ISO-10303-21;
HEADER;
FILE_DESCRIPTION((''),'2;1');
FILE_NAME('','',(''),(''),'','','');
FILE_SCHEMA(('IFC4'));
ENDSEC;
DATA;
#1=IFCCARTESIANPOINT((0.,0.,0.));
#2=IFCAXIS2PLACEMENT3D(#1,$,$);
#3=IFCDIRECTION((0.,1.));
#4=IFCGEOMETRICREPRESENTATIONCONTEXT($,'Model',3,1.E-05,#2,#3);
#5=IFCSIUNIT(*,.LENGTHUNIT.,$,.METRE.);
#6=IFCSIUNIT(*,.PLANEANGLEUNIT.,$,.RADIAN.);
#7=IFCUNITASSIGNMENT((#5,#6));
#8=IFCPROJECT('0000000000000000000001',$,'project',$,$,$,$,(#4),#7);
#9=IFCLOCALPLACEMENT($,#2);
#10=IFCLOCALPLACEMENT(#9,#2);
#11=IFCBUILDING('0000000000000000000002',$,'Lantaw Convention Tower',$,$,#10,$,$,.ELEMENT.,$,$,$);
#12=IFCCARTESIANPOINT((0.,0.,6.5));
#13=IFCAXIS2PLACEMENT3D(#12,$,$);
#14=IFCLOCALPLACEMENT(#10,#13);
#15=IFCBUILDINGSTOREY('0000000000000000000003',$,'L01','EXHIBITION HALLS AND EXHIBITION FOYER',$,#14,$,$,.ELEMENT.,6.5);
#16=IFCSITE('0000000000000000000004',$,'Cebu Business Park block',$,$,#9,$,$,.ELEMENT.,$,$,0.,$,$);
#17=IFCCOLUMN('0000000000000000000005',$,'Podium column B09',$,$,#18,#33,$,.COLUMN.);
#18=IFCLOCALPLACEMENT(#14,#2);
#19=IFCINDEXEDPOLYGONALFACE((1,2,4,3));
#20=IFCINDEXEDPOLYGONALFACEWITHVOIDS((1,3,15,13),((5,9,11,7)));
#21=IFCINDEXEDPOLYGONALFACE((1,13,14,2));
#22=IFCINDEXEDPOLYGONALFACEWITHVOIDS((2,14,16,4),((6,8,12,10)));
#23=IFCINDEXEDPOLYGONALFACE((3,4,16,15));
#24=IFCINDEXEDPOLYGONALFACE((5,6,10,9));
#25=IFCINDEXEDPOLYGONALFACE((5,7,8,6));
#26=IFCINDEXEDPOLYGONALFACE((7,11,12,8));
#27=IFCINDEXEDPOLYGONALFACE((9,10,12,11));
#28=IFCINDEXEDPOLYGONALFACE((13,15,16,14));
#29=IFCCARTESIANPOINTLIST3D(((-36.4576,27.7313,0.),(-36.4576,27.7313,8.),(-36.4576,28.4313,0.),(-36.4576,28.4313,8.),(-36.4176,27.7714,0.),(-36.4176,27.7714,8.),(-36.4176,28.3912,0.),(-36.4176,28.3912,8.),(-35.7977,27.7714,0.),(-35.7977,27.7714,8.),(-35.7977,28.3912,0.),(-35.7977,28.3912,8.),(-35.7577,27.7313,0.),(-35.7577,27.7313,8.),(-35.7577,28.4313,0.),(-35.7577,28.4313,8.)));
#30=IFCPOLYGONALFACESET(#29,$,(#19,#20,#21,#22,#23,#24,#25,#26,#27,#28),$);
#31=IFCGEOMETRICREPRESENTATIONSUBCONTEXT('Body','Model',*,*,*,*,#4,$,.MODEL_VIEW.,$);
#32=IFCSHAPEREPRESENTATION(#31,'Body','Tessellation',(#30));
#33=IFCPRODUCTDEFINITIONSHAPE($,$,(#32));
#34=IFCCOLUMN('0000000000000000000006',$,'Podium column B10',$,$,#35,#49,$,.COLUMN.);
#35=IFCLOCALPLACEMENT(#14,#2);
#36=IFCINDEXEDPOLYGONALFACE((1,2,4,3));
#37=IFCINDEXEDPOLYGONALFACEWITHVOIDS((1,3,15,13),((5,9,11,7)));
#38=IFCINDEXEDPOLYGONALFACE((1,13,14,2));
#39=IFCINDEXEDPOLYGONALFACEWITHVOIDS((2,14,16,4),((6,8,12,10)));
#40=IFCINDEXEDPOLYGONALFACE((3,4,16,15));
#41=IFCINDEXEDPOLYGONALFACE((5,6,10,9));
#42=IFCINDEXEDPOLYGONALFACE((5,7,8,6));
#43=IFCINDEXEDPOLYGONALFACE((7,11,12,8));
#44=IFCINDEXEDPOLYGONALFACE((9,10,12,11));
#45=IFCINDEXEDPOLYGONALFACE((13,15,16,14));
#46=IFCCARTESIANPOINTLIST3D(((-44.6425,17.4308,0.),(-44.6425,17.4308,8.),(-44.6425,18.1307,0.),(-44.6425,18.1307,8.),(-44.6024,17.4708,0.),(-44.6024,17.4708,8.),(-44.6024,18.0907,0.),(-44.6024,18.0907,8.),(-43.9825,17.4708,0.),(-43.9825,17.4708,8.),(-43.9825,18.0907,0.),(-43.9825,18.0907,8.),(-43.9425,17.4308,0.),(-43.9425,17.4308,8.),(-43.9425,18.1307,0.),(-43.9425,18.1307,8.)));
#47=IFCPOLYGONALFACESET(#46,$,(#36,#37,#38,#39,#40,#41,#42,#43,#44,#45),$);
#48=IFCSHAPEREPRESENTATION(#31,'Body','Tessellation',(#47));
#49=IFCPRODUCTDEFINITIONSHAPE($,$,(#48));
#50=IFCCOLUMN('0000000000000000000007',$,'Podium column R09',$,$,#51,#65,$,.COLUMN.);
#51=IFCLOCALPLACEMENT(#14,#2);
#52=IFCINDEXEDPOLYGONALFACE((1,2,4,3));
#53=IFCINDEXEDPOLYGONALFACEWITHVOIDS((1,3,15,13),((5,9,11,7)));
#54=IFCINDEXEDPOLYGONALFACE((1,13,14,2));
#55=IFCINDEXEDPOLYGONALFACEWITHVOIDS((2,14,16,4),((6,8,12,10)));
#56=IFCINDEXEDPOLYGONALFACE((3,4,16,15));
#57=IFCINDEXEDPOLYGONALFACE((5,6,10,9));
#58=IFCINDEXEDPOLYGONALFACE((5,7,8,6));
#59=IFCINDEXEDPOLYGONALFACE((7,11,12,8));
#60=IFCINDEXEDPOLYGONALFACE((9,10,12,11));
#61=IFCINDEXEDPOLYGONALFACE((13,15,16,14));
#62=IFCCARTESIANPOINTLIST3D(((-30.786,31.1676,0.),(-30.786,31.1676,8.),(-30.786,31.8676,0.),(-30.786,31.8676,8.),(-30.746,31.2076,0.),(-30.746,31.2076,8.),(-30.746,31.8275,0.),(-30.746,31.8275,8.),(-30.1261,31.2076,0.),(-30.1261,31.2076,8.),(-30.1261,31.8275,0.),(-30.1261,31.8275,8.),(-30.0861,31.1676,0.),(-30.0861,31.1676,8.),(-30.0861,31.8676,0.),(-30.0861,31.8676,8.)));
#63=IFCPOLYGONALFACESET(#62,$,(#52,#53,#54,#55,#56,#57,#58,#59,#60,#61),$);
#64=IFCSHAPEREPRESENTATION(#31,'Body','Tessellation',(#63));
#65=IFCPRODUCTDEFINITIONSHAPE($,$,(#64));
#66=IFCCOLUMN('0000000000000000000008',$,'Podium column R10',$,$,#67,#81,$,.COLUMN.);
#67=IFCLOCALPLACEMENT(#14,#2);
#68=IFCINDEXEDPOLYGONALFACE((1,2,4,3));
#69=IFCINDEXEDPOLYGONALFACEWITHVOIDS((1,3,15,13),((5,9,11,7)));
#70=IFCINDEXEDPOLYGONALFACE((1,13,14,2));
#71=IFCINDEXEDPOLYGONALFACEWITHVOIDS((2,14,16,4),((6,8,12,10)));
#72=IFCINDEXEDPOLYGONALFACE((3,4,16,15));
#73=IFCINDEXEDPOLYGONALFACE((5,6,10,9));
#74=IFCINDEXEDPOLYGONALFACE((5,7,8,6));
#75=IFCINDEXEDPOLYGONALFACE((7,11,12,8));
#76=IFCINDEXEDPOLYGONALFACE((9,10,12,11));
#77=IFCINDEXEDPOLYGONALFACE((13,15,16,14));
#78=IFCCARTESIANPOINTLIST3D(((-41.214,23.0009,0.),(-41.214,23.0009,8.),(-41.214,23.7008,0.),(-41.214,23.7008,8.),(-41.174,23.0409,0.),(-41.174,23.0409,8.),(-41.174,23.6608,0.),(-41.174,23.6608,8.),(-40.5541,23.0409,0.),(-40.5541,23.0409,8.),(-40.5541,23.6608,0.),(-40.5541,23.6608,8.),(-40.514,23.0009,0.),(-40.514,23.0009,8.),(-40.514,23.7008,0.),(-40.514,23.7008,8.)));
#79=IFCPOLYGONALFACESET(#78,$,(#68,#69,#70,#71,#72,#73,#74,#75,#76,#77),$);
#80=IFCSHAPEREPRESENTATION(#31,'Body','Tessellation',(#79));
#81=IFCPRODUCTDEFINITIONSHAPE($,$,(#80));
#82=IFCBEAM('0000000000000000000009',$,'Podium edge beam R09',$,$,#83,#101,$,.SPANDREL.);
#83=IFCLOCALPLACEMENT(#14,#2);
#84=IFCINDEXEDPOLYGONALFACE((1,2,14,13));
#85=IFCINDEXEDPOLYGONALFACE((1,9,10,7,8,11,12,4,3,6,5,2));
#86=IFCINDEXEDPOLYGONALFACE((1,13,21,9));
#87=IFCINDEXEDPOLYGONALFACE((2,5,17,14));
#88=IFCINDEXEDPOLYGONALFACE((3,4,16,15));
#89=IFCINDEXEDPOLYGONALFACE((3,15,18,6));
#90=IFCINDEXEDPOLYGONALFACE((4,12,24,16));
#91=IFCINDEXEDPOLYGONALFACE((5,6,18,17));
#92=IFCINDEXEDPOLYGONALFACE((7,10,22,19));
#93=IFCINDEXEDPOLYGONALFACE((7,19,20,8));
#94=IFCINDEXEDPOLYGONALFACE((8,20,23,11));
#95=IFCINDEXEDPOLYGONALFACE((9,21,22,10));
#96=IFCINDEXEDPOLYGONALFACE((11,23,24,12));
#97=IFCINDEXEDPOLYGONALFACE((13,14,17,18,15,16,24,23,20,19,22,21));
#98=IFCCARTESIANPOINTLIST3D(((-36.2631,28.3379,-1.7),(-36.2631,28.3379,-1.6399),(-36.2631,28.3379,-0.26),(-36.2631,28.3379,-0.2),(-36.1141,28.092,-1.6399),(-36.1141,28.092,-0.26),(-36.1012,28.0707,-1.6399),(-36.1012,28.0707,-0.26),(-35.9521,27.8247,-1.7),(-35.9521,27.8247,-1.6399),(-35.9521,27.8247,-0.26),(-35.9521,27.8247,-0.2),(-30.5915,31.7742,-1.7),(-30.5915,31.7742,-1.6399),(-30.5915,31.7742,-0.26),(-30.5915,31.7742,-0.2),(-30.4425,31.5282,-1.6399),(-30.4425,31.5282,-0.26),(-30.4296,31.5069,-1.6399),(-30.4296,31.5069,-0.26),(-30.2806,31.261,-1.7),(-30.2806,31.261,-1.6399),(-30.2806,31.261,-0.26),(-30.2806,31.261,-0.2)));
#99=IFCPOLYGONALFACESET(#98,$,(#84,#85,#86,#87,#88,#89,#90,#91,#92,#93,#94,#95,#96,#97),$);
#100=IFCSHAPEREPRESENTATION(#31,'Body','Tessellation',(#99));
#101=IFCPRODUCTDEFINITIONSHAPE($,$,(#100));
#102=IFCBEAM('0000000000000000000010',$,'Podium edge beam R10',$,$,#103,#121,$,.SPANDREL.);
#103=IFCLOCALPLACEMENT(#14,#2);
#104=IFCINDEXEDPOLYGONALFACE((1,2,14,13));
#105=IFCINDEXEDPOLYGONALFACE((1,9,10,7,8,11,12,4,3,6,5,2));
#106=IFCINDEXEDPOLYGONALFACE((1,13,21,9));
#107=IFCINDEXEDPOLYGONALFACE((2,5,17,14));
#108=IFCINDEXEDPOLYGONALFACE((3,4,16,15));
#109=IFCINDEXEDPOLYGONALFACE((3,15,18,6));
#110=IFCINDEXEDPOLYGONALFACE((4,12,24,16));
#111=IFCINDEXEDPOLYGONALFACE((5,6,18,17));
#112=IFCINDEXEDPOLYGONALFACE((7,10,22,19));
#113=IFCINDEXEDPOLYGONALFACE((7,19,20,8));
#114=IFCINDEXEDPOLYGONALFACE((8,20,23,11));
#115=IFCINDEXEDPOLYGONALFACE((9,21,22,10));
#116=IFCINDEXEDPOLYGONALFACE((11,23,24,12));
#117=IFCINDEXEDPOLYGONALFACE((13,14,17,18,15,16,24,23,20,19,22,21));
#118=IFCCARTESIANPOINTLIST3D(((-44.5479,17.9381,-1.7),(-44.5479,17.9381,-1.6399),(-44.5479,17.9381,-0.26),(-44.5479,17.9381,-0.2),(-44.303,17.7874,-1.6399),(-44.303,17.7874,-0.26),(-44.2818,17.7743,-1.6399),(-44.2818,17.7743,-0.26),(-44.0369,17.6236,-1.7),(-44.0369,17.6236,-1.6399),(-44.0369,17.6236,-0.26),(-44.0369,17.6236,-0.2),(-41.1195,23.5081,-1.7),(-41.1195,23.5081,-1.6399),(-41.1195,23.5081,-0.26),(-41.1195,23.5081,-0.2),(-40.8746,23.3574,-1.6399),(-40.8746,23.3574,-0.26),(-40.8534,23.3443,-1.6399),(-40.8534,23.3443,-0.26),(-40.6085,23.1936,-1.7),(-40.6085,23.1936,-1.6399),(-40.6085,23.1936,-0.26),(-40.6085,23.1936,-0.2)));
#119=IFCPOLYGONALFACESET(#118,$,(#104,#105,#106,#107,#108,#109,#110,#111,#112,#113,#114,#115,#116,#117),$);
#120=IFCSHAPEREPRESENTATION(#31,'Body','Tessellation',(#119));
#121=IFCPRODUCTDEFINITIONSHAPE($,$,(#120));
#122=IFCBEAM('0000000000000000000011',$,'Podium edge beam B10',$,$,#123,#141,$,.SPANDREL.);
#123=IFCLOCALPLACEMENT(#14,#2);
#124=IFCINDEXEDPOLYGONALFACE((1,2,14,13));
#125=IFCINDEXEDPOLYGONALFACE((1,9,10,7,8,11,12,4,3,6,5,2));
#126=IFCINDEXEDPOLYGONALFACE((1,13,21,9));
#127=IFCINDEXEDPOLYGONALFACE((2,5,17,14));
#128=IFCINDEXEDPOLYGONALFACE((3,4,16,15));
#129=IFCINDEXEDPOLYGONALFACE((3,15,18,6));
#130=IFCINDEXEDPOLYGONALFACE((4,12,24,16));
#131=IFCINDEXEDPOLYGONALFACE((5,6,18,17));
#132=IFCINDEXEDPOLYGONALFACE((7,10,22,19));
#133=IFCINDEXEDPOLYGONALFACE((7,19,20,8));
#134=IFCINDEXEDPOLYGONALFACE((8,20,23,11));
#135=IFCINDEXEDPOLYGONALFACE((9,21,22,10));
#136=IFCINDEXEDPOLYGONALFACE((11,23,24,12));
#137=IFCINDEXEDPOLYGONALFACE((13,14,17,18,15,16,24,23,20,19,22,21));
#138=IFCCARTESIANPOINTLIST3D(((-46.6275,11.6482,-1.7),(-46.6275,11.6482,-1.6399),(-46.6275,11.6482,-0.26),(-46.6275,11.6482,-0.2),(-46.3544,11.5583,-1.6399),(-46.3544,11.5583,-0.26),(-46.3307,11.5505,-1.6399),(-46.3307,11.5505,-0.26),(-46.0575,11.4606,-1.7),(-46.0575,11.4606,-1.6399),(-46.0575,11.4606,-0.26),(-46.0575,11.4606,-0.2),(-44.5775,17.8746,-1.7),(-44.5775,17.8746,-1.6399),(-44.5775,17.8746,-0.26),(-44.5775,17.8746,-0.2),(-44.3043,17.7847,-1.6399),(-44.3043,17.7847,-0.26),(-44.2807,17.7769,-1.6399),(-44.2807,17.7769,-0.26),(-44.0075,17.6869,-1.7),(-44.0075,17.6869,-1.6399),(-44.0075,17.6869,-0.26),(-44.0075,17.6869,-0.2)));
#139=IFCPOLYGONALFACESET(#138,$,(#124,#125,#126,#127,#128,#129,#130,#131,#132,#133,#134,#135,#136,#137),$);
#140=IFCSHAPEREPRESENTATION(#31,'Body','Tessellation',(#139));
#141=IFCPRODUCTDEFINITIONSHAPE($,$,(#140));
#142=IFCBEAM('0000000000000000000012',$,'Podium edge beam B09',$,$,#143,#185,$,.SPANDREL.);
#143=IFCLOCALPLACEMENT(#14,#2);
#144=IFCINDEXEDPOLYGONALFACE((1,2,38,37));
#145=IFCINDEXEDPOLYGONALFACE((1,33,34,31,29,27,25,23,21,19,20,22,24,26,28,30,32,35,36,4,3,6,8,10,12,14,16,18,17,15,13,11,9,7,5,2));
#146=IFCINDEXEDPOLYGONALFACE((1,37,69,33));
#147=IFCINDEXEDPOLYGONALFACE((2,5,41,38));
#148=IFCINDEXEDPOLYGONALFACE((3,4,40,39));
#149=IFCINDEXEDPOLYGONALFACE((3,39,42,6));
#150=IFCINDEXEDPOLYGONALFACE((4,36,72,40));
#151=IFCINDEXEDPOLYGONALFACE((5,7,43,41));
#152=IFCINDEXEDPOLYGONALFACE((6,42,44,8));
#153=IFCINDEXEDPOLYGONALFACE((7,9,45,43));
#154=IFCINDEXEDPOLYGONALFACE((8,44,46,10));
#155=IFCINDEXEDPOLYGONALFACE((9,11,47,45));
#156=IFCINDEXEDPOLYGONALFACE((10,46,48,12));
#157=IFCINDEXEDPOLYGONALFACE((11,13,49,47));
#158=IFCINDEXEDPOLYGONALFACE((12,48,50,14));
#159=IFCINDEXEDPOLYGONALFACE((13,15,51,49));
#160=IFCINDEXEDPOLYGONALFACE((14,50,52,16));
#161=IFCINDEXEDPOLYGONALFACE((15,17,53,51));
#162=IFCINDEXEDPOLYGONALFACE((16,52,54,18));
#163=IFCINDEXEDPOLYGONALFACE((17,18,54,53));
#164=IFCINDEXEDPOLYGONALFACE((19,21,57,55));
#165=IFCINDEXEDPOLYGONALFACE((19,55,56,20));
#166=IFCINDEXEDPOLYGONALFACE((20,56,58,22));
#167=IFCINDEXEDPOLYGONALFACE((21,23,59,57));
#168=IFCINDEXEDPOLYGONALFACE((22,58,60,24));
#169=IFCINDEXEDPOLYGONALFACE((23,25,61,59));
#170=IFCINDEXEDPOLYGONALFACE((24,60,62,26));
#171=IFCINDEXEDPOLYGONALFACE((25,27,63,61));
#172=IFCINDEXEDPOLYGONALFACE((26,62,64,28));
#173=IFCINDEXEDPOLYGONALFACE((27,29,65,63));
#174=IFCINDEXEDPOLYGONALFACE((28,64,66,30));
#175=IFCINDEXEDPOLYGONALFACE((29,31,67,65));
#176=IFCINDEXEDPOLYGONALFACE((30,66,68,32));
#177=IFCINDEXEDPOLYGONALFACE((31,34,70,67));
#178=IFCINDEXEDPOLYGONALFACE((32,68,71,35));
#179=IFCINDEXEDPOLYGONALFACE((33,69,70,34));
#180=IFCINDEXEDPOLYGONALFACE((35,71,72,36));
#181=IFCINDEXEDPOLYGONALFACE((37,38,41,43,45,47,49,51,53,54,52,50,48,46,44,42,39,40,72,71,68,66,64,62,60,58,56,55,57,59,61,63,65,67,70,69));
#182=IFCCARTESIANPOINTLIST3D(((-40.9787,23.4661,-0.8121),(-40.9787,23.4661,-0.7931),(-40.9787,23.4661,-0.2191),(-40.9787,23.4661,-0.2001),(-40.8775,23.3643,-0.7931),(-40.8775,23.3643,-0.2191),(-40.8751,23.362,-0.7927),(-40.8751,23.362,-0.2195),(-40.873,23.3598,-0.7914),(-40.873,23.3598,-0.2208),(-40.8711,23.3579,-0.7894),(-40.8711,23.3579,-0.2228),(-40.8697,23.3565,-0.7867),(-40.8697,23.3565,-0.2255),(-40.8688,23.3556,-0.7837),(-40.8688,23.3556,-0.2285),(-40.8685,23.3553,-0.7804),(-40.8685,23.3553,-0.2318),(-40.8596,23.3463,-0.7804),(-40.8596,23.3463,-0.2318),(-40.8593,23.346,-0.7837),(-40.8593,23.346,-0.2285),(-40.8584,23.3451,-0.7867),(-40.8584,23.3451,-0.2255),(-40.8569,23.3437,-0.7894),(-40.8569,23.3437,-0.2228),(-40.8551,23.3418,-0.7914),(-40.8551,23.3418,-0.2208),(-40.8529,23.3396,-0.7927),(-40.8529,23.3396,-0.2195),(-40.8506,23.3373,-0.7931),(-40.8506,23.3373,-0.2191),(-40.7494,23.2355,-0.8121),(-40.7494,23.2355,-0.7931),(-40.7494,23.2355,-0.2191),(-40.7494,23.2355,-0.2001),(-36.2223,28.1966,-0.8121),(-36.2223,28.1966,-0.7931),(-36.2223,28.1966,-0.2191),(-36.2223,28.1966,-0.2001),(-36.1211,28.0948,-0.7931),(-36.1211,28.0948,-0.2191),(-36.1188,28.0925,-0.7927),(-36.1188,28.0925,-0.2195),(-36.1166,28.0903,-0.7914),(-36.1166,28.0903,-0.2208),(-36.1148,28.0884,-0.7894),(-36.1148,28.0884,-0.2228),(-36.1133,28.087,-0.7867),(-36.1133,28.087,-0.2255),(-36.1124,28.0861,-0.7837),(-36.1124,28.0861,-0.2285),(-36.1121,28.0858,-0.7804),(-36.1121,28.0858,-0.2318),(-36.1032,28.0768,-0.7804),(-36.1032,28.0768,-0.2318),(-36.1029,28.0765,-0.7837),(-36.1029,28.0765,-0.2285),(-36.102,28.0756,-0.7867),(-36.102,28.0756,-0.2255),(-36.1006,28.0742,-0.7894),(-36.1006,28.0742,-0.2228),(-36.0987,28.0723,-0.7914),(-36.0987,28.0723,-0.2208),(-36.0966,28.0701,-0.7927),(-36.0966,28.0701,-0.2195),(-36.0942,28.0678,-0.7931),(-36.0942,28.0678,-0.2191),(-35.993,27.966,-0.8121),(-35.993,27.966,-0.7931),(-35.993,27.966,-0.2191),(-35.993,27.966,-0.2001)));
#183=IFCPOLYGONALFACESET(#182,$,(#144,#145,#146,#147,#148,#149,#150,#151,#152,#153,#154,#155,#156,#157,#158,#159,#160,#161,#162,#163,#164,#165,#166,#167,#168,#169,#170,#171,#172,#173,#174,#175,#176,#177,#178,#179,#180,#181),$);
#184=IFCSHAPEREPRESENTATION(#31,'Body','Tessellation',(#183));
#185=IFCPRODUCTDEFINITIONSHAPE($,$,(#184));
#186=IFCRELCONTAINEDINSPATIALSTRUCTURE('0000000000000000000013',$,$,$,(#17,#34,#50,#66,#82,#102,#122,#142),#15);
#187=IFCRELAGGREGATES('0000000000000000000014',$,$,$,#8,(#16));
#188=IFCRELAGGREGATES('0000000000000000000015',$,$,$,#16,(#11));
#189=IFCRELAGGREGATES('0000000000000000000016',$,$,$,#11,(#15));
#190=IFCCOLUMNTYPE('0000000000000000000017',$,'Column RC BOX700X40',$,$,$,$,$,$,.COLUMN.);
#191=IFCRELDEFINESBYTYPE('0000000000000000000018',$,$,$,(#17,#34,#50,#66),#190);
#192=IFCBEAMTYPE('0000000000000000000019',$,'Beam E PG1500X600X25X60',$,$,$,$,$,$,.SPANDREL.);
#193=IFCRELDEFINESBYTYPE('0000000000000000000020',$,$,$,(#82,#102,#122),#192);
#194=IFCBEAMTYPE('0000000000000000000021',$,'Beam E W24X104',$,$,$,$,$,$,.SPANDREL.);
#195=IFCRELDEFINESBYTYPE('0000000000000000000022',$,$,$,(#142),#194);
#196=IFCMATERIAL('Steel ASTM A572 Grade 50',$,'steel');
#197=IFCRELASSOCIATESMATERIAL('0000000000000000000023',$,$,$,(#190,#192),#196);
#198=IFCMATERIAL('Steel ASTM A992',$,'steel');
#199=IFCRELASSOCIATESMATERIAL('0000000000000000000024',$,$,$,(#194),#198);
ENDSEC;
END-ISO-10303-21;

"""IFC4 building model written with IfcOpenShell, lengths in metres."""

from ifc_helpers import new_model, si_unit, direction, frame, origin, origin_2d, place, context, subcontext, project, spatial, hollow_rectangle, i_section, extrude, material, material_profile, profile_set, type_object, element, save


model = new_model("IFC4")

# Units and contexts
model_context = context("Model", 3, precision=1e-05, world=origin(), true_north=direction((0.0, 1.0)))
body_context = subcontext(model_context, "Body", "Model", "MODEL_VIEW")
ifc_project = project(units=[si_unit("LENGTHUNIT", "METRE"), si_unit("PLANEANGLEUNIT", "RADIAN")], contexts=[model_context])

# Site, building, storey
site_placement = place(None, origin())
site = spatial("IfcSite", under=ifc_project, at=site_placement, Name="Cebu Business Park block", CompositionType="ELEMENT", RefElevation=0.0)
building_placement = place(site_placement, origin())
building = spatial("IfcBuilding", under=site, at=building_placement, Name="Lantaw Convention Tower", CompositionType="ELEMENT")
storey_placement = place(building_placement, frame((0.0, 0.0, 6.5)))
storey = spatial("IfcBuildingStorey", under=building, at=storey_placement, Name="L01", Description="EXHIBITION HALLS AND EXHIBITION FOYER", CompositionType="ELEMENT", Elevation=6.5)

# Columns
ifc_material_1 = material(Name="Steel ASTM A572 Grade 50", Category="steel")
ifc_material_profile_1 = material_profile(ifc_material_1, hollow_rectangle(XDim=0.7, YDim=0.7, WallThickness=0.04, at=origin_2d()), Name="BOX700X40")
ifc_profile_set_1 = profile_set([ifc_material_profile_1], Name="Steel ASTM A572 Grade 50")
column_type = type_object("IfcColumnType", Name="Column RC BOX700X40", PredefinedType="COLUMN", material=ifc_profile_set_1)
for number, where, z_axis, x_axis, name in (
    (1, (-36.1077, 28.0813, 0.0), (0.0, 0.0, 1.0), (1.0, 0.0, 0.0), "Podium column B09"),
    (2, (-44.2925, 17.7808, 0.0), (0.0, 0.0, 1.0), (1.0, 0.0, 0.0), "Podium column B10"),
    (3, (-30.436, 31.5176, 0.0), (0.0, 0.0, 1.0), (1.0, 0.0, 0.0), "Podium column R09"),
    (4, (-40.864, 23.3508, 0.0), (0.0, 0.0, 1.0), (1.0, 0.0, 0.0), "Podium column R10"),
):
    element("IfcColumn", number, at=place(storey_placement, frame(where, z_axis=z_axis, x_axis=x_axis)), inside=storey, type_object=column_type, Name=name, PredefinedType="COLUMN", context=body_context, shape_type="SweptSolid", body=[
        extrude(hollow_rectangle(XDim=0.7, YDim=0.7, WallThickness=0.04, at=origin_2d()), origin(), (0.0, 0.0, 1.0), 8.0),
    ])

# Beams
ifc_material_profile_2 = material_profile(ifc_material_1, i_section(OverallWidth=0.6001, OverallDepth=1.5, WebThickness=0.0249, FlangeThickness=0.0601, at=origin_2d()), Name="PG1500X600X25X60")
ifc_profile_set_2 = profile_set([ifc_material_profile_2], Name="Steel ASTM A572 Grade 50")
beam_type_1 = type_object("IfcBeamType", Name="Beam E PG1500X600X25X60", PredefinedType="SPANDREL", material=ifc_profile_set_2)
beam_1_placement = place(storey_placement, frame((-30.436, 31.5176, -0.95), z_axis=(-0.85527, -0.518183, 0.0), x_axis=(0.518183, -0.85527, 0.0)))
element("IfcBeam", 5, at=beam_1_placement, inside=storey, type_object=beam_type_1, Name="Podium edge beam R09", PredefinedType="SPANDREL", context=body_context, shape_type="SweptSolid", body=[
    extrude(i_section(OverallWidth=0.6001, OverallDepth=1.5, WebThickness=0.0249, FlangeThickness=0.0601, at=origin_2d()), origin(), (0.0, 0.0, 1.0), 6.6313),
])
beam_2_placement = place(storey_placement, frame((-40.864, 23.3508, -0.95), z_axis=(-0.524179, -0.851608, 0.0), x_axis=(0.851608, -0.524179, 0.0)))
element("IfcBeam", 6, at=beam_2_placement, inside=storey, type_object=beam_type_1, Name="Podium edge beam R10", PredefinedType="SPANDREL", context=body_context, shape_type="SweptSolid", body=[
    extrude(i_section(OverallWidth=0.6001, OverallDepth=1.5, WebThickness=0.0249, FlangeThickness=0.0601, at=origin_2d()), origin(), (0.0, 0.0, 1.0), 6.5405),
])
beam_3_placement = place(storey_placement, frame((-44.2925, 17.7808, -0.95), z_axis=(-0.31274, -0.949839, 0.0), x_axis=(0.949839, -0.31274, 0.0)))
element("IfcBeam", 7, at=beam_3_placement, inside=storey, type_object=beam_type_1, Name="Podium edge beam B10", PredefinedType="SPANDREL", context=body_context, shape_type="SweptSolid", body=[
    extrude(i_section(OverallWidth=0.6001, OverallDepth=1.5, WebThickness=0.0249, FlangeThickness=0.0601, at=origin_2d()), origin(), (0.0, 0.0, 1.0), 6.5552),
])
ifc_material_2 = material(Name="Steel ASTM A992", Category="steel")
ifc_material_profile_3 = material_profile(ifc_material_2, i_section(OverallWidth=0.3252, OverallDepth=0.6121, WebThickness=0.0127, FlangeThickness=0.019, FilletRadius=0.0127, at=origin_2d()), Name="W24X104")
ifc_profile_set_3 = profile_set([ifc_material_profile_3], Name="Steel ASTM A992")
beam_type_2 = type_object("IfcBeamType", Name="Beam E W24X104", PredefinedType="SPANDREL", material=ifc_profile_set_3)
beam_4_placement = place(storey_placement, frame((-36.1077, 28.0813, -0.5061), z_axis=(-0.709033, -0.705175, 0.0), x_axis=(0.705175, -0.709033, 0.0)))
element("IfcBeam", 8, at=beam_4_placement, inside=storey, type_object=beam_type_2, Name="Podium edge beam B09", PredefinedType="SPANDREL", context=body_context, shape_type="SweptSolid", body=[
    extrude(i_section(OverallWidth=0.3252, OverallDepth=0.6121, WebThickness=0.0127, FlangeThickness=0.019, FilletRadius=0.0127, at=origin_2d()), origin(), (0.0, 0.0, 1.0), 6.7083),
])

save(model, "model.ifc")
